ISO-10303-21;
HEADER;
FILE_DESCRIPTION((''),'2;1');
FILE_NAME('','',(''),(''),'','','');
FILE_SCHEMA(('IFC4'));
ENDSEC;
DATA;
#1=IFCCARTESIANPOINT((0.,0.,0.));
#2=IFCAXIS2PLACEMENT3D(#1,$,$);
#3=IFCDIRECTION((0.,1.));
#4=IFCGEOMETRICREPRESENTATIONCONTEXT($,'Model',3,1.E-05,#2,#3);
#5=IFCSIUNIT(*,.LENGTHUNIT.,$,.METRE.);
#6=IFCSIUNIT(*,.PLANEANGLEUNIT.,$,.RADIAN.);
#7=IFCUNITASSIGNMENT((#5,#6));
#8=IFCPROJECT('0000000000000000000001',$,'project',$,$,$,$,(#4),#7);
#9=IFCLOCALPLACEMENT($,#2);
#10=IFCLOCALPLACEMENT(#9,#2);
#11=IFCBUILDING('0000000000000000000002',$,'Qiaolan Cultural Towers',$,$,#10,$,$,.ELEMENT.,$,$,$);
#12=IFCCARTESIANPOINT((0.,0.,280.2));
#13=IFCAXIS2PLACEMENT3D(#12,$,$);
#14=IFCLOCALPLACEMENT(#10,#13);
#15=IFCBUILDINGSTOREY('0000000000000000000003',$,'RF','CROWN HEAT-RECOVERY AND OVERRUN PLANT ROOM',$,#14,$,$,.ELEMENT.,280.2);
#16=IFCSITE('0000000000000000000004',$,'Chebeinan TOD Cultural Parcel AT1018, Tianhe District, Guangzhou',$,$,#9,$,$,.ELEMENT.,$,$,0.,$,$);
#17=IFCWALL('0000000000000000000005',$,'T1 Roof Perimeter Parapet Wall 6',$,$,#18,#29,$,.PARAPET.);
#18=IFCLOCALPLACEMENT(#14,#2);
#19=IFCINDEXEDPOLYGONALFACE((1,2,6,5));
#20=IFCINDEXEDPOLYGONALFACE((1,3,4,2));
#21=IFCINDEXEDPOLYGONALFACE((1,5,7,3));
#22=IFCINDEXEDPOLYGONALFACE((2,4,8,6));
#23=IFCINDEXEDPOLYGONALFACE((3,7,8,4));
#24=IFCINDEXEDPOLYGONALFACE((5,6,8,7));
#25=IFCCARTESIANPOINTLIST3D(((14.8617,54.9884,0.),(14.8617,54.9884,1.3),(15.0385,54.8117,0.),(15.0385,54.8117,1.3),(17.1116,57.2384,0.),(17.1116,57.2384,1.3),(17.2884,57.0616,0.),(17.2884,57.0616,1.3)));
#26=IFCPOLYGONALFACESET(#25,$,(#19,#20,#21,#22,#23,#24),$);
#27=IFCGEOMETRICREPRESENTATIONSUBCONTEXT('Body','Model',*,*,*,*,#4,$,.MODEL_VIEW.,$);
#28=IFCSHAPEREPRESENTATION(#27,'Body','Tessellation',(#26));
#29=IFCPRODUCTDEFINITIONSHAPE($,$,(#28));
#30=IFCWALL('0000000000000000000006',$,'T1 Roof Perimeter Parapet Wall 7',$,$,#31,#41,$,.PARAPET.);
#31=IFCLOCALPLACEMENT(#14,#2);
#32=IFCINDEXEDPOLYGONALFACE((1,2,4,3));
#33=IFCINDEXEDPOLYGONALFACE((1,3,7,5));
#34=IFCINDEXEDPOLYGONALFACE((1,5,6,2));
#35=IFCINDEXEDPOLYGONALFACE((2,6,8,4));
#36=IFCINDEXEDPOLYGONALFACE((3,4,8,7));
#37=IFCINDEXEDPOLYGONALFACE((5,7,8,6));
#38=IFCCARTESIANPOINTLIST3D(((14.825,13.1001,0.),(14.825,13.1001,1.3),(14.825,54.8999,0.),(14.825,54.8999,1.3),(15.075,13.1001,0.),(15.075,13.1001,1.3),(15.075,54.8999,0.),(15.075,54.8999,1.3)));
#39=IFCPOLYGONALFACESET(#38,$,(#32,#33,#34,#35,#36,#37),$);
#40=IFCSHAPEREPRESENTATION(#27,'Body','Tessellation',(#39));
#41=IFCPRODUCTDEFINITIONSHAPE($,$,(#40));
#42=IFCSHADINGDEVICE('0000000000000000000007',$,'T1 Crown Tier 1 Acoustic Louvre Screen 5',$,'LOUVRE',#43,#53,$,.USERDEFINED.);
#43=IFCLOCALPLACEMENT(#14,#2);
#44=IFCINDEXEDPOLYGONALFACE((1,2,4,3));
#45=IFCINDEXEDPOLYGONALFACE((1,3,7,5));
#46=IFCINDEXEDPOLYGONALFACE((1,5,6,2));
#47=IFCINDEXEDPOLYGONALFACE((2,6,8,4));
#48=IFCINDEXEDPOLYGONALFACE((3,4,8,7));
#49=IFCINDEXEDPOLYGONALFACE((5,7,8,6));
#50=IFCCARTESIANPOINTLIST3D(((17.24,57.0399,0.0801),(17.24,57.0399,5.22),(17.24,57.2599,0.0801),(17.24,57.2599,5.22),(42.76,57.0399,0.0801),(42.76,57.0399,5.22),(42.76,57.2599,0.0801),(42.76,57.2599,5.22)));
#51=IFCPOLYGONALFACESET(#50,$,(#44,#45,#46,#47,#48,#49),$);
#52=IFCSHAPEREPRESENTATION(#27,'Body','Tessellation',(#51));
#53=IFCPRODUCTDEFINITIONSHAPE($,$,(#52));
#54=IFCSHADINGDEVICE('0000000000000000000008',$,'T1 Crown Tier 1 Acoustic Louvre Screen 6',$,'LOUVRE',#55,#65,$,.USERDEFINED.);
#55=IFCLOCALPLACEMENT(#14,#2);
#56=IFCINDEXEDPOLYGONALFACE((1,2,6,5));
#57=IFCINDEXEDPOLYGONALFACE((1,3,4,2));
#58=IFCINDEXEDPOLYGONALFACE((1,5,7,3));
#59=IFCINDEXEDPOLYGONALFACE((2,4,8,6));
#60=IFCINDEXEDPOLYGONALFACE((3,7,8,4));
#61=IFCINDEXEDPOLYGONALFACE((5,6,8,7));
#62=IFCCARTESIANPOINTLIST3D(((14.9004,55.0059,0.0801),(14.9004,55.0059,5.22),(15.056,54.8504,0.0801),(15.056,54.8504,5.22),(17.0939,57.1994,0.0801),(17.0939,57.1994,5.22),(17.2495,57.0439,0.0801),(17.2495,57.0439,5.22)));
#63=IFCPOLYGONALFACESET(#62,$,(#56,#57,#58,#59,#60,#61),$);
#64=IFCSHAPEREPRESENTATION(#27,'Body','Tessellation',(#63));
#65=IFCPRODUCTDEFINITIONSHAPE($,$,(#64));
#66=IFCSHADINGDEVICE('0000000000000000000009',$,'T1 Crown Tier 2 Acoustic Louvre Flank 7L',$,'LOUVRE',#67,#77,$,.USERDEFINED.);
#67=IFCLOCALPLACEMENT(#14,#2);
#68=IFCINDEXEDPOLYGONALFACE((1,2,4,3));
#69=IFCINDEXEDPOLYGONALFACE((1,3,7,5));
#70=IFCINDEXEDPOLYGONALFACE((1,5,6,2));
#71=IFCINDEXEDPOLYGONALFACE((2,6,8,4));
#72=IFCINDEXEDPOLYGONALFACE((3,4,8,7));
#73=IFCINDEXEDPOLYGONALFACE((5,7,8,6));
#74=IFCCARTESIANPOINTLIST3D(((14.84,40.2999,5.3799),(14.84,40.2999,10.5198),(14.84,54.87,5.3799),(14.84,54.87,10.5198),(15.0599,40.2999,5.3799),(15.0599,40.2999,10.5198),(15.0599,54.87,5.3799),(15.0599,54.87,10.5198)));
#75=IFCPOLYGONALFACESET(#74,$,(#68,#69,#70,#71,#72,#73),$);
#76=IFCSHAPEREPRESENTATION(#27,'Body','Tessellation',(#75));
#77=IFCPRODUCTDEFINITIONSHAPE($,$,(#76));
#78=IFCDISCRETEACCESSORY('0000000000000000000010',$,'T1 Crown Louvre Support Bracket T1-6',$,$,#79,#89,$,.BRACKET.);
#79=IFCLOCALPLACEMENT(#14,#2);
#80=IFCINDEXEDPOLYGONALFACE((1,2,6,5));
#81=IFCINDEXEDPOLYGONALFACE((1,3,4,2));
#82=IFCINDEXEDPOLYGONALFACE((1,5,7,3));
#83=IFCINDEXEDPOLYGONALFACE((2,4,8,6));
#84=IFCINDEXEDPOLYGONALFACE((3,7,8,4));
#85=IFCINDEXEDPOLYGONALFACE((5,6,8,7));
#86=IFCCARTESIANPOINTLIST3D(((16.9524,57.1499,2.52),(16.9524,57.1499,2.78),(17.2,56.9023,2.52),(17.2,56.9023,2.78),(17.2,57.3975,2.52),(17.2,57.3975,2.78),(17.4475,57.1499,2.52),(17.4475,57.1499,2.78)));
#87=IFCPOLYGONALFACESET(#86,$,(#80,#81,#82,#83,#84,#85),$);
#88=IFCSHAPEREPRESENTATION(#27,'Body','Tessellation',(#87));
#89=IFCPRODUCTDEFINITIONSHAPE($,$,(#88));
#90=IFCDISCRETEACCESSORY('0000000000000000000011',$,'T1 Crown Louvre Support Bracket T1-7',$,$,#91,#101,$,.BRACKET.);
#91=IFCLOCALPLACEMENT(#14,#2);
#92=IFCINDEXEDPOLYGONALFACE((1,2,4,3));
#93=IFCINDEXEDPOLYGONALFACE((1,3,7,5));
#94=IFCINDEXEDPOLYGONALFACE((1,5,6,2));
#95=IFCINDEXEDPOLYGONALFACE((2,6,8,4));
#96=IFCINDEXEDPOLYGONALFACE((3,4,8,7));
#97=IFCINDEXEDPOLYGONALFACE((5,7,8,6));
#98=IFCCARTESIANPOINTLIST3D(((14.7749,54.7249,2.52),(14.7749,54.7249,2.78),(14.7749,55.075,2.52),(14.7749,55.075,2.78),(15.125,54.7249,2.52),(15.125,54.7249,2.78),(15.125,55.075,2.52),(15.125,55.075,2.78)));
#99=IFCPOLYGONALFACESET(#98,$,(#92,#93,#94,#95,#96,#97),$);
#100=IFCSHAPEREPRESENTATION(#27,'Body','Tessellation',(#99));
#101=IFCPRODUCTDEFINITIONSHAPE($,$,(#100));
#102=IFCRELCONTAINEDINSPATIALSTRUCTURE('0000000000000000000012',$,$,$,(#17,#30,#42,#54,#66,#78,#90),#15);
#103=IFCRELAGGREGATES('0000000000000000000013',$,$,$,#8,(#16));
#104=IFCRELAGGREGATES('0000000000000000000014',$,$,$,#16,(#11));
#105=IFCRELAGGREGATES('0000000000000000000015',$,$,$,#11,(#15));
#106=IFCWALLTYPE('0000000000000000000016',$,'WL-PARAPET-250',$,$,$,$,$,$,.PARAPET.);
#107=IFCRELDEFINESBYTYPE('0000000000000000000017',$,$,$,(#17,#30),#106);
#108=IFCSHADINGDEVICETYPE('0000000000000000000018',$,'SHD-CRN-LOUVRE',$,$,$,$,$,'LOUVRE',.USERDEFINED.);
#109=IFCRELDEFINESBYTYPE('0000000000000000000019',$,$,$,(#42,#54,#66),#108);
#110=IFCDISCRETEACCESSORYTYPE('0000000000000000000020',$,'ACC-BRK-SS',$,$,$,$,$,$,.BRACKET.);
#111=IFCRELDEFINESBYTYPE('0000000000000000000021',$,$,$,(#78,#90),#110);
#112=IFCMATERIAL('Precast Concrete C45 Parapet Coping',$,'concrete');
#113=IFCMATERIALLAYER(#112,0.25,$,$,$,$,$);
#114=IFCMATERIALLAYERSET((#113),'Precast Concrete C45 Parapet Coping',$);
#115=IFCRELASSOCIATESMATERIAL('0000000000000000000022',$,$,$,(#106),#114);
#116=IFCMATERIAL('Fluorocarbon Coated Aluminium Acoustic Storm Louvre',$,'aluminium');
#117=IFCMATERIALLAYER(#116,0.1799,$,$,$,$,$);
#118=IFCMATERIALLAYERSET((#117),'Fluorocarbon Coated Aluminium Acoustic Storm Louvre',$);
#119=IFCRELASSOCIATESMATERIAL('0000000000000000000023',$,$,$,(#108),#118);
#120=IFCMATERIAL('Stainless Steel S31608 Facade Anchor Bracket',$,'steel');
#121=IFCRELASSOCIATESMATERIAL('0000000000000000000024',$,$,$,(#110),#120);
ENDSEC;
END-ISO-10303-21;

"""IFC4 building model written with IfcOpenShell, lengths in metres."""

from ifc_helpers import new_model, si_unit, direction, frame, frame_2d, origin, origin_2d, place, context, subcontext, project, spatial, rectangle, extrude, material, layer, layer_set, type_object, element, save


model = new_model("IFC4")

# Units and contexts
model_context = context("Model", 3, precision=1e-05, world=origin(), true_north=direction((0.0, 1.0)))
body_context = subcontext(model_context, "Body", "Model", "MODEL_VIEW")
ifc_project = project(units=[si_unit("LENGTHUNIT", "METRE"), si_unit("PLANEANGLEUNIT", "RADIAN")], contexts=[model_context])

# Site, building, storey
site_placement = place(None, origin())
site = spatial("IfcSite", under=ifc_project, at=site_placement, Name="Chebeinan TOD Cultural Parcel AT1018, Tianhe District, Guangzhou", CompositionType="ELEMENT", RefElevation=0.0)
building_placement = place(site_placement, origin())
building = spatial("IfcBuilding", under=site, at=building_placement, Name="Qiaolan Cultural Towers", CompositionType="ELEMENT")
storey_placement = place(building_placement, frame((0.0, 0.0, 280.2)))
storey = spatial("IfcBuildingStorey", under=building, at=storey_placement, Name="RF", Description="CROWN HEAT-RECOVERY AND OVERRUN PLANT ROOM", CompositionType="ELEMENT", Elevation=280.2)

# Walls
ifc_material_1 = material(Name="Precast Concrete C45 Parapet Coping", Category="concrete")
ifc_layer_1 = layer(ifc_material_1, 0.25)
ifc_layer_set_1 = layer_set([ifc_layer_1], Name="Precast Concrete C45 Parapet Coping")
wall_type = type_object("IfcWallType", Name="WL-PARAPET-250", PredefinedType="PARAPET", material=ifc_layer_set_1)
wall_1_placement = place(storey_placement, frame((17.2, 57.1499, 0.0), z_axis=(0.0, 0.0, 1.0), x_axis=(-0.707107, -0.707107, 0.0)))
element("IfcWall", 1, at=wall_1_placement, inside=storey, type_object=wall_type, Name="T1 Roof Perimeter Parapet Wall 6", PredefinedType="PARAPET", context=body_context, shape_type="SweptSolid", body=[
    extrude(rectangle(XDim=3.1819, YDim=0.25, at=frame_2d((1.5908, 0.0))), origin(), (0.0, 0.0, 1.0), 1.3),
])
wall_2_placement = place(storey_placement, frame((14.95, 54.8999, 0.0), z_axis=(0.0, 0.0, 1.0), x_axis=(0.0, -1.0, 0.0)))
element("IfcWall", 2, at=wall_2_placement, inside=storey, type_object=wall_type, Name="T1 Roof Perimeter Parapet Wall 7", PredefinedType="PARAPET", context=body_context, shape_type="SweptSolid", body=[
    extrude(rectangle(XDim=41.7998, YDim=0.25, at=frame_2d((20.8999, 0.0))), origin(), (0.0, 0.0, 1.0), 1.3),
])

# Shading devices
ifc_material_2 = material(Name="Fluorocarbon Coated Aluminium Acoustic Storm Louvre", Category="aluminium")
ifc_layer_2 = layer(ifc_material_2, 0.1799)
ifc_layer_set_2 = layer_set([ifc_layer_2], Name="Fluorocarbon Coated Aluminium Acoustic Storm Louvre")
shading_device_type = type_object("IfcShadingDeviceType", Name="SHD-CRN-LOUVRE", ElementType="LOUVRE", PredefinedType="USERDEFINED", material=ifc_layer_set_2)
shading_device_1_placement = place(storey_placement, frame((30.0, 57.1499, 0.0801), z_axis=(0.0, 0.0, 1.0), x_axis=(-1.0, 0.0, 0.0)))
element("IfcShadingDevice", 3, at=shading_device_1_placement, inside=storey, type_object=shading_device_type, Name="T1 Crown Tier 1 Acoustic Louvre Screen 5", ObjectType="LOUVRE", PredefinedType="USERDEFINED", context=body_context, shape_type="SweptSolid", body=[
    extrude(rectangle(XDim=25.52, YDim=0.22, at=origin_2d()), origin(), (0.0, 0.0, 1.0), 5.1399),
])
shading_device_2_placement = place(storey_placement, frame((16.075, 56.0249, 0.0801), z_axis=(0.0, 0.0, 1.0), x_axis=(-0.707107, -0.707107, 0.0)))
element("IfcShadingDevice", 4, at=shading_device_2_placement, inside=storey, type_object=shading_device_type, Name="T1 Crown Tier 1 Acoustic Louvre Screen 6", ObjectType="LOUVRE", PredefinedType="USERDEFINED", context=body_context, shape_type="SweptSolid", body=[
    extrude(rectangle(XDim=3.1021, YDim=0.22, at=origin_2d()), origin(), (0.0, 0.0, 1.0), 5.1399),
])
shading_device_3_placement = place(storey_placement, frame((14.95, 47.585, 5.3799), z_axis=(0.0, 0.0, 1.0), x_axis=(0.0, -1.0, 0.0)))
element("IfcShadingDevice", 5, at=shading_device_3_placement, inside=storey, type_object=shading_device_type, Name="T1 Crown Tier 2 Acoustic Louvre Flank 7L", ObjectType="LOUVRE", PredefinedType="USERDEFINED", context=body_context, shape_type="SweptSolid", body=[
    extrude(rectangle(XDim=14.5701, YDim=0.22, at=origin_2d()), origin(), (0.0, 0.0, 1.0), 5.1399),
])

# Discrete accessories
ifc_material_3 = material(Name="Stainless Steel S31608 Facade Anchor Bracket", Category="steel")
discrete_accessory_type = type_object("IfcDiscreteAccessoryType", Name="ACC-BRK-SS", PredefinedType="BRACKET", material=ifc_material_3)
for number, where, z_axis, x_axis, name in (
    (6, (17.2, 57.1499, 2.52), (0.0, 0.0, 1.0), (-0.707107, -0.707107, 0.0), "T1 Crown Louvre Support Bracket T1-6"),
    (7, (14.95, 54.8999, 2.52), (0.0, 0.0, 1.0), (0.0, -1.0, 0.0), "T1 Crown Louvre Support Bracket T1-7"),
):
    element("IfcDiscreteAccessory", number, at=place(storey_placement, frame(where, z_axis=z_axis, x_axis=x_axis)), inside=storey, type_object=discrete_accessory_type, Name=name, PredefinedType="BRACKET", context=body_context, shape_type="SweptSolid", body=[
        extrude(rectangle(XDim=0.3501, YDim=0.3501, at=origin_2d()), origin(), (0.0, 0.0, 1.0), 0.26),
    ])

save(model, "model.ifc")
